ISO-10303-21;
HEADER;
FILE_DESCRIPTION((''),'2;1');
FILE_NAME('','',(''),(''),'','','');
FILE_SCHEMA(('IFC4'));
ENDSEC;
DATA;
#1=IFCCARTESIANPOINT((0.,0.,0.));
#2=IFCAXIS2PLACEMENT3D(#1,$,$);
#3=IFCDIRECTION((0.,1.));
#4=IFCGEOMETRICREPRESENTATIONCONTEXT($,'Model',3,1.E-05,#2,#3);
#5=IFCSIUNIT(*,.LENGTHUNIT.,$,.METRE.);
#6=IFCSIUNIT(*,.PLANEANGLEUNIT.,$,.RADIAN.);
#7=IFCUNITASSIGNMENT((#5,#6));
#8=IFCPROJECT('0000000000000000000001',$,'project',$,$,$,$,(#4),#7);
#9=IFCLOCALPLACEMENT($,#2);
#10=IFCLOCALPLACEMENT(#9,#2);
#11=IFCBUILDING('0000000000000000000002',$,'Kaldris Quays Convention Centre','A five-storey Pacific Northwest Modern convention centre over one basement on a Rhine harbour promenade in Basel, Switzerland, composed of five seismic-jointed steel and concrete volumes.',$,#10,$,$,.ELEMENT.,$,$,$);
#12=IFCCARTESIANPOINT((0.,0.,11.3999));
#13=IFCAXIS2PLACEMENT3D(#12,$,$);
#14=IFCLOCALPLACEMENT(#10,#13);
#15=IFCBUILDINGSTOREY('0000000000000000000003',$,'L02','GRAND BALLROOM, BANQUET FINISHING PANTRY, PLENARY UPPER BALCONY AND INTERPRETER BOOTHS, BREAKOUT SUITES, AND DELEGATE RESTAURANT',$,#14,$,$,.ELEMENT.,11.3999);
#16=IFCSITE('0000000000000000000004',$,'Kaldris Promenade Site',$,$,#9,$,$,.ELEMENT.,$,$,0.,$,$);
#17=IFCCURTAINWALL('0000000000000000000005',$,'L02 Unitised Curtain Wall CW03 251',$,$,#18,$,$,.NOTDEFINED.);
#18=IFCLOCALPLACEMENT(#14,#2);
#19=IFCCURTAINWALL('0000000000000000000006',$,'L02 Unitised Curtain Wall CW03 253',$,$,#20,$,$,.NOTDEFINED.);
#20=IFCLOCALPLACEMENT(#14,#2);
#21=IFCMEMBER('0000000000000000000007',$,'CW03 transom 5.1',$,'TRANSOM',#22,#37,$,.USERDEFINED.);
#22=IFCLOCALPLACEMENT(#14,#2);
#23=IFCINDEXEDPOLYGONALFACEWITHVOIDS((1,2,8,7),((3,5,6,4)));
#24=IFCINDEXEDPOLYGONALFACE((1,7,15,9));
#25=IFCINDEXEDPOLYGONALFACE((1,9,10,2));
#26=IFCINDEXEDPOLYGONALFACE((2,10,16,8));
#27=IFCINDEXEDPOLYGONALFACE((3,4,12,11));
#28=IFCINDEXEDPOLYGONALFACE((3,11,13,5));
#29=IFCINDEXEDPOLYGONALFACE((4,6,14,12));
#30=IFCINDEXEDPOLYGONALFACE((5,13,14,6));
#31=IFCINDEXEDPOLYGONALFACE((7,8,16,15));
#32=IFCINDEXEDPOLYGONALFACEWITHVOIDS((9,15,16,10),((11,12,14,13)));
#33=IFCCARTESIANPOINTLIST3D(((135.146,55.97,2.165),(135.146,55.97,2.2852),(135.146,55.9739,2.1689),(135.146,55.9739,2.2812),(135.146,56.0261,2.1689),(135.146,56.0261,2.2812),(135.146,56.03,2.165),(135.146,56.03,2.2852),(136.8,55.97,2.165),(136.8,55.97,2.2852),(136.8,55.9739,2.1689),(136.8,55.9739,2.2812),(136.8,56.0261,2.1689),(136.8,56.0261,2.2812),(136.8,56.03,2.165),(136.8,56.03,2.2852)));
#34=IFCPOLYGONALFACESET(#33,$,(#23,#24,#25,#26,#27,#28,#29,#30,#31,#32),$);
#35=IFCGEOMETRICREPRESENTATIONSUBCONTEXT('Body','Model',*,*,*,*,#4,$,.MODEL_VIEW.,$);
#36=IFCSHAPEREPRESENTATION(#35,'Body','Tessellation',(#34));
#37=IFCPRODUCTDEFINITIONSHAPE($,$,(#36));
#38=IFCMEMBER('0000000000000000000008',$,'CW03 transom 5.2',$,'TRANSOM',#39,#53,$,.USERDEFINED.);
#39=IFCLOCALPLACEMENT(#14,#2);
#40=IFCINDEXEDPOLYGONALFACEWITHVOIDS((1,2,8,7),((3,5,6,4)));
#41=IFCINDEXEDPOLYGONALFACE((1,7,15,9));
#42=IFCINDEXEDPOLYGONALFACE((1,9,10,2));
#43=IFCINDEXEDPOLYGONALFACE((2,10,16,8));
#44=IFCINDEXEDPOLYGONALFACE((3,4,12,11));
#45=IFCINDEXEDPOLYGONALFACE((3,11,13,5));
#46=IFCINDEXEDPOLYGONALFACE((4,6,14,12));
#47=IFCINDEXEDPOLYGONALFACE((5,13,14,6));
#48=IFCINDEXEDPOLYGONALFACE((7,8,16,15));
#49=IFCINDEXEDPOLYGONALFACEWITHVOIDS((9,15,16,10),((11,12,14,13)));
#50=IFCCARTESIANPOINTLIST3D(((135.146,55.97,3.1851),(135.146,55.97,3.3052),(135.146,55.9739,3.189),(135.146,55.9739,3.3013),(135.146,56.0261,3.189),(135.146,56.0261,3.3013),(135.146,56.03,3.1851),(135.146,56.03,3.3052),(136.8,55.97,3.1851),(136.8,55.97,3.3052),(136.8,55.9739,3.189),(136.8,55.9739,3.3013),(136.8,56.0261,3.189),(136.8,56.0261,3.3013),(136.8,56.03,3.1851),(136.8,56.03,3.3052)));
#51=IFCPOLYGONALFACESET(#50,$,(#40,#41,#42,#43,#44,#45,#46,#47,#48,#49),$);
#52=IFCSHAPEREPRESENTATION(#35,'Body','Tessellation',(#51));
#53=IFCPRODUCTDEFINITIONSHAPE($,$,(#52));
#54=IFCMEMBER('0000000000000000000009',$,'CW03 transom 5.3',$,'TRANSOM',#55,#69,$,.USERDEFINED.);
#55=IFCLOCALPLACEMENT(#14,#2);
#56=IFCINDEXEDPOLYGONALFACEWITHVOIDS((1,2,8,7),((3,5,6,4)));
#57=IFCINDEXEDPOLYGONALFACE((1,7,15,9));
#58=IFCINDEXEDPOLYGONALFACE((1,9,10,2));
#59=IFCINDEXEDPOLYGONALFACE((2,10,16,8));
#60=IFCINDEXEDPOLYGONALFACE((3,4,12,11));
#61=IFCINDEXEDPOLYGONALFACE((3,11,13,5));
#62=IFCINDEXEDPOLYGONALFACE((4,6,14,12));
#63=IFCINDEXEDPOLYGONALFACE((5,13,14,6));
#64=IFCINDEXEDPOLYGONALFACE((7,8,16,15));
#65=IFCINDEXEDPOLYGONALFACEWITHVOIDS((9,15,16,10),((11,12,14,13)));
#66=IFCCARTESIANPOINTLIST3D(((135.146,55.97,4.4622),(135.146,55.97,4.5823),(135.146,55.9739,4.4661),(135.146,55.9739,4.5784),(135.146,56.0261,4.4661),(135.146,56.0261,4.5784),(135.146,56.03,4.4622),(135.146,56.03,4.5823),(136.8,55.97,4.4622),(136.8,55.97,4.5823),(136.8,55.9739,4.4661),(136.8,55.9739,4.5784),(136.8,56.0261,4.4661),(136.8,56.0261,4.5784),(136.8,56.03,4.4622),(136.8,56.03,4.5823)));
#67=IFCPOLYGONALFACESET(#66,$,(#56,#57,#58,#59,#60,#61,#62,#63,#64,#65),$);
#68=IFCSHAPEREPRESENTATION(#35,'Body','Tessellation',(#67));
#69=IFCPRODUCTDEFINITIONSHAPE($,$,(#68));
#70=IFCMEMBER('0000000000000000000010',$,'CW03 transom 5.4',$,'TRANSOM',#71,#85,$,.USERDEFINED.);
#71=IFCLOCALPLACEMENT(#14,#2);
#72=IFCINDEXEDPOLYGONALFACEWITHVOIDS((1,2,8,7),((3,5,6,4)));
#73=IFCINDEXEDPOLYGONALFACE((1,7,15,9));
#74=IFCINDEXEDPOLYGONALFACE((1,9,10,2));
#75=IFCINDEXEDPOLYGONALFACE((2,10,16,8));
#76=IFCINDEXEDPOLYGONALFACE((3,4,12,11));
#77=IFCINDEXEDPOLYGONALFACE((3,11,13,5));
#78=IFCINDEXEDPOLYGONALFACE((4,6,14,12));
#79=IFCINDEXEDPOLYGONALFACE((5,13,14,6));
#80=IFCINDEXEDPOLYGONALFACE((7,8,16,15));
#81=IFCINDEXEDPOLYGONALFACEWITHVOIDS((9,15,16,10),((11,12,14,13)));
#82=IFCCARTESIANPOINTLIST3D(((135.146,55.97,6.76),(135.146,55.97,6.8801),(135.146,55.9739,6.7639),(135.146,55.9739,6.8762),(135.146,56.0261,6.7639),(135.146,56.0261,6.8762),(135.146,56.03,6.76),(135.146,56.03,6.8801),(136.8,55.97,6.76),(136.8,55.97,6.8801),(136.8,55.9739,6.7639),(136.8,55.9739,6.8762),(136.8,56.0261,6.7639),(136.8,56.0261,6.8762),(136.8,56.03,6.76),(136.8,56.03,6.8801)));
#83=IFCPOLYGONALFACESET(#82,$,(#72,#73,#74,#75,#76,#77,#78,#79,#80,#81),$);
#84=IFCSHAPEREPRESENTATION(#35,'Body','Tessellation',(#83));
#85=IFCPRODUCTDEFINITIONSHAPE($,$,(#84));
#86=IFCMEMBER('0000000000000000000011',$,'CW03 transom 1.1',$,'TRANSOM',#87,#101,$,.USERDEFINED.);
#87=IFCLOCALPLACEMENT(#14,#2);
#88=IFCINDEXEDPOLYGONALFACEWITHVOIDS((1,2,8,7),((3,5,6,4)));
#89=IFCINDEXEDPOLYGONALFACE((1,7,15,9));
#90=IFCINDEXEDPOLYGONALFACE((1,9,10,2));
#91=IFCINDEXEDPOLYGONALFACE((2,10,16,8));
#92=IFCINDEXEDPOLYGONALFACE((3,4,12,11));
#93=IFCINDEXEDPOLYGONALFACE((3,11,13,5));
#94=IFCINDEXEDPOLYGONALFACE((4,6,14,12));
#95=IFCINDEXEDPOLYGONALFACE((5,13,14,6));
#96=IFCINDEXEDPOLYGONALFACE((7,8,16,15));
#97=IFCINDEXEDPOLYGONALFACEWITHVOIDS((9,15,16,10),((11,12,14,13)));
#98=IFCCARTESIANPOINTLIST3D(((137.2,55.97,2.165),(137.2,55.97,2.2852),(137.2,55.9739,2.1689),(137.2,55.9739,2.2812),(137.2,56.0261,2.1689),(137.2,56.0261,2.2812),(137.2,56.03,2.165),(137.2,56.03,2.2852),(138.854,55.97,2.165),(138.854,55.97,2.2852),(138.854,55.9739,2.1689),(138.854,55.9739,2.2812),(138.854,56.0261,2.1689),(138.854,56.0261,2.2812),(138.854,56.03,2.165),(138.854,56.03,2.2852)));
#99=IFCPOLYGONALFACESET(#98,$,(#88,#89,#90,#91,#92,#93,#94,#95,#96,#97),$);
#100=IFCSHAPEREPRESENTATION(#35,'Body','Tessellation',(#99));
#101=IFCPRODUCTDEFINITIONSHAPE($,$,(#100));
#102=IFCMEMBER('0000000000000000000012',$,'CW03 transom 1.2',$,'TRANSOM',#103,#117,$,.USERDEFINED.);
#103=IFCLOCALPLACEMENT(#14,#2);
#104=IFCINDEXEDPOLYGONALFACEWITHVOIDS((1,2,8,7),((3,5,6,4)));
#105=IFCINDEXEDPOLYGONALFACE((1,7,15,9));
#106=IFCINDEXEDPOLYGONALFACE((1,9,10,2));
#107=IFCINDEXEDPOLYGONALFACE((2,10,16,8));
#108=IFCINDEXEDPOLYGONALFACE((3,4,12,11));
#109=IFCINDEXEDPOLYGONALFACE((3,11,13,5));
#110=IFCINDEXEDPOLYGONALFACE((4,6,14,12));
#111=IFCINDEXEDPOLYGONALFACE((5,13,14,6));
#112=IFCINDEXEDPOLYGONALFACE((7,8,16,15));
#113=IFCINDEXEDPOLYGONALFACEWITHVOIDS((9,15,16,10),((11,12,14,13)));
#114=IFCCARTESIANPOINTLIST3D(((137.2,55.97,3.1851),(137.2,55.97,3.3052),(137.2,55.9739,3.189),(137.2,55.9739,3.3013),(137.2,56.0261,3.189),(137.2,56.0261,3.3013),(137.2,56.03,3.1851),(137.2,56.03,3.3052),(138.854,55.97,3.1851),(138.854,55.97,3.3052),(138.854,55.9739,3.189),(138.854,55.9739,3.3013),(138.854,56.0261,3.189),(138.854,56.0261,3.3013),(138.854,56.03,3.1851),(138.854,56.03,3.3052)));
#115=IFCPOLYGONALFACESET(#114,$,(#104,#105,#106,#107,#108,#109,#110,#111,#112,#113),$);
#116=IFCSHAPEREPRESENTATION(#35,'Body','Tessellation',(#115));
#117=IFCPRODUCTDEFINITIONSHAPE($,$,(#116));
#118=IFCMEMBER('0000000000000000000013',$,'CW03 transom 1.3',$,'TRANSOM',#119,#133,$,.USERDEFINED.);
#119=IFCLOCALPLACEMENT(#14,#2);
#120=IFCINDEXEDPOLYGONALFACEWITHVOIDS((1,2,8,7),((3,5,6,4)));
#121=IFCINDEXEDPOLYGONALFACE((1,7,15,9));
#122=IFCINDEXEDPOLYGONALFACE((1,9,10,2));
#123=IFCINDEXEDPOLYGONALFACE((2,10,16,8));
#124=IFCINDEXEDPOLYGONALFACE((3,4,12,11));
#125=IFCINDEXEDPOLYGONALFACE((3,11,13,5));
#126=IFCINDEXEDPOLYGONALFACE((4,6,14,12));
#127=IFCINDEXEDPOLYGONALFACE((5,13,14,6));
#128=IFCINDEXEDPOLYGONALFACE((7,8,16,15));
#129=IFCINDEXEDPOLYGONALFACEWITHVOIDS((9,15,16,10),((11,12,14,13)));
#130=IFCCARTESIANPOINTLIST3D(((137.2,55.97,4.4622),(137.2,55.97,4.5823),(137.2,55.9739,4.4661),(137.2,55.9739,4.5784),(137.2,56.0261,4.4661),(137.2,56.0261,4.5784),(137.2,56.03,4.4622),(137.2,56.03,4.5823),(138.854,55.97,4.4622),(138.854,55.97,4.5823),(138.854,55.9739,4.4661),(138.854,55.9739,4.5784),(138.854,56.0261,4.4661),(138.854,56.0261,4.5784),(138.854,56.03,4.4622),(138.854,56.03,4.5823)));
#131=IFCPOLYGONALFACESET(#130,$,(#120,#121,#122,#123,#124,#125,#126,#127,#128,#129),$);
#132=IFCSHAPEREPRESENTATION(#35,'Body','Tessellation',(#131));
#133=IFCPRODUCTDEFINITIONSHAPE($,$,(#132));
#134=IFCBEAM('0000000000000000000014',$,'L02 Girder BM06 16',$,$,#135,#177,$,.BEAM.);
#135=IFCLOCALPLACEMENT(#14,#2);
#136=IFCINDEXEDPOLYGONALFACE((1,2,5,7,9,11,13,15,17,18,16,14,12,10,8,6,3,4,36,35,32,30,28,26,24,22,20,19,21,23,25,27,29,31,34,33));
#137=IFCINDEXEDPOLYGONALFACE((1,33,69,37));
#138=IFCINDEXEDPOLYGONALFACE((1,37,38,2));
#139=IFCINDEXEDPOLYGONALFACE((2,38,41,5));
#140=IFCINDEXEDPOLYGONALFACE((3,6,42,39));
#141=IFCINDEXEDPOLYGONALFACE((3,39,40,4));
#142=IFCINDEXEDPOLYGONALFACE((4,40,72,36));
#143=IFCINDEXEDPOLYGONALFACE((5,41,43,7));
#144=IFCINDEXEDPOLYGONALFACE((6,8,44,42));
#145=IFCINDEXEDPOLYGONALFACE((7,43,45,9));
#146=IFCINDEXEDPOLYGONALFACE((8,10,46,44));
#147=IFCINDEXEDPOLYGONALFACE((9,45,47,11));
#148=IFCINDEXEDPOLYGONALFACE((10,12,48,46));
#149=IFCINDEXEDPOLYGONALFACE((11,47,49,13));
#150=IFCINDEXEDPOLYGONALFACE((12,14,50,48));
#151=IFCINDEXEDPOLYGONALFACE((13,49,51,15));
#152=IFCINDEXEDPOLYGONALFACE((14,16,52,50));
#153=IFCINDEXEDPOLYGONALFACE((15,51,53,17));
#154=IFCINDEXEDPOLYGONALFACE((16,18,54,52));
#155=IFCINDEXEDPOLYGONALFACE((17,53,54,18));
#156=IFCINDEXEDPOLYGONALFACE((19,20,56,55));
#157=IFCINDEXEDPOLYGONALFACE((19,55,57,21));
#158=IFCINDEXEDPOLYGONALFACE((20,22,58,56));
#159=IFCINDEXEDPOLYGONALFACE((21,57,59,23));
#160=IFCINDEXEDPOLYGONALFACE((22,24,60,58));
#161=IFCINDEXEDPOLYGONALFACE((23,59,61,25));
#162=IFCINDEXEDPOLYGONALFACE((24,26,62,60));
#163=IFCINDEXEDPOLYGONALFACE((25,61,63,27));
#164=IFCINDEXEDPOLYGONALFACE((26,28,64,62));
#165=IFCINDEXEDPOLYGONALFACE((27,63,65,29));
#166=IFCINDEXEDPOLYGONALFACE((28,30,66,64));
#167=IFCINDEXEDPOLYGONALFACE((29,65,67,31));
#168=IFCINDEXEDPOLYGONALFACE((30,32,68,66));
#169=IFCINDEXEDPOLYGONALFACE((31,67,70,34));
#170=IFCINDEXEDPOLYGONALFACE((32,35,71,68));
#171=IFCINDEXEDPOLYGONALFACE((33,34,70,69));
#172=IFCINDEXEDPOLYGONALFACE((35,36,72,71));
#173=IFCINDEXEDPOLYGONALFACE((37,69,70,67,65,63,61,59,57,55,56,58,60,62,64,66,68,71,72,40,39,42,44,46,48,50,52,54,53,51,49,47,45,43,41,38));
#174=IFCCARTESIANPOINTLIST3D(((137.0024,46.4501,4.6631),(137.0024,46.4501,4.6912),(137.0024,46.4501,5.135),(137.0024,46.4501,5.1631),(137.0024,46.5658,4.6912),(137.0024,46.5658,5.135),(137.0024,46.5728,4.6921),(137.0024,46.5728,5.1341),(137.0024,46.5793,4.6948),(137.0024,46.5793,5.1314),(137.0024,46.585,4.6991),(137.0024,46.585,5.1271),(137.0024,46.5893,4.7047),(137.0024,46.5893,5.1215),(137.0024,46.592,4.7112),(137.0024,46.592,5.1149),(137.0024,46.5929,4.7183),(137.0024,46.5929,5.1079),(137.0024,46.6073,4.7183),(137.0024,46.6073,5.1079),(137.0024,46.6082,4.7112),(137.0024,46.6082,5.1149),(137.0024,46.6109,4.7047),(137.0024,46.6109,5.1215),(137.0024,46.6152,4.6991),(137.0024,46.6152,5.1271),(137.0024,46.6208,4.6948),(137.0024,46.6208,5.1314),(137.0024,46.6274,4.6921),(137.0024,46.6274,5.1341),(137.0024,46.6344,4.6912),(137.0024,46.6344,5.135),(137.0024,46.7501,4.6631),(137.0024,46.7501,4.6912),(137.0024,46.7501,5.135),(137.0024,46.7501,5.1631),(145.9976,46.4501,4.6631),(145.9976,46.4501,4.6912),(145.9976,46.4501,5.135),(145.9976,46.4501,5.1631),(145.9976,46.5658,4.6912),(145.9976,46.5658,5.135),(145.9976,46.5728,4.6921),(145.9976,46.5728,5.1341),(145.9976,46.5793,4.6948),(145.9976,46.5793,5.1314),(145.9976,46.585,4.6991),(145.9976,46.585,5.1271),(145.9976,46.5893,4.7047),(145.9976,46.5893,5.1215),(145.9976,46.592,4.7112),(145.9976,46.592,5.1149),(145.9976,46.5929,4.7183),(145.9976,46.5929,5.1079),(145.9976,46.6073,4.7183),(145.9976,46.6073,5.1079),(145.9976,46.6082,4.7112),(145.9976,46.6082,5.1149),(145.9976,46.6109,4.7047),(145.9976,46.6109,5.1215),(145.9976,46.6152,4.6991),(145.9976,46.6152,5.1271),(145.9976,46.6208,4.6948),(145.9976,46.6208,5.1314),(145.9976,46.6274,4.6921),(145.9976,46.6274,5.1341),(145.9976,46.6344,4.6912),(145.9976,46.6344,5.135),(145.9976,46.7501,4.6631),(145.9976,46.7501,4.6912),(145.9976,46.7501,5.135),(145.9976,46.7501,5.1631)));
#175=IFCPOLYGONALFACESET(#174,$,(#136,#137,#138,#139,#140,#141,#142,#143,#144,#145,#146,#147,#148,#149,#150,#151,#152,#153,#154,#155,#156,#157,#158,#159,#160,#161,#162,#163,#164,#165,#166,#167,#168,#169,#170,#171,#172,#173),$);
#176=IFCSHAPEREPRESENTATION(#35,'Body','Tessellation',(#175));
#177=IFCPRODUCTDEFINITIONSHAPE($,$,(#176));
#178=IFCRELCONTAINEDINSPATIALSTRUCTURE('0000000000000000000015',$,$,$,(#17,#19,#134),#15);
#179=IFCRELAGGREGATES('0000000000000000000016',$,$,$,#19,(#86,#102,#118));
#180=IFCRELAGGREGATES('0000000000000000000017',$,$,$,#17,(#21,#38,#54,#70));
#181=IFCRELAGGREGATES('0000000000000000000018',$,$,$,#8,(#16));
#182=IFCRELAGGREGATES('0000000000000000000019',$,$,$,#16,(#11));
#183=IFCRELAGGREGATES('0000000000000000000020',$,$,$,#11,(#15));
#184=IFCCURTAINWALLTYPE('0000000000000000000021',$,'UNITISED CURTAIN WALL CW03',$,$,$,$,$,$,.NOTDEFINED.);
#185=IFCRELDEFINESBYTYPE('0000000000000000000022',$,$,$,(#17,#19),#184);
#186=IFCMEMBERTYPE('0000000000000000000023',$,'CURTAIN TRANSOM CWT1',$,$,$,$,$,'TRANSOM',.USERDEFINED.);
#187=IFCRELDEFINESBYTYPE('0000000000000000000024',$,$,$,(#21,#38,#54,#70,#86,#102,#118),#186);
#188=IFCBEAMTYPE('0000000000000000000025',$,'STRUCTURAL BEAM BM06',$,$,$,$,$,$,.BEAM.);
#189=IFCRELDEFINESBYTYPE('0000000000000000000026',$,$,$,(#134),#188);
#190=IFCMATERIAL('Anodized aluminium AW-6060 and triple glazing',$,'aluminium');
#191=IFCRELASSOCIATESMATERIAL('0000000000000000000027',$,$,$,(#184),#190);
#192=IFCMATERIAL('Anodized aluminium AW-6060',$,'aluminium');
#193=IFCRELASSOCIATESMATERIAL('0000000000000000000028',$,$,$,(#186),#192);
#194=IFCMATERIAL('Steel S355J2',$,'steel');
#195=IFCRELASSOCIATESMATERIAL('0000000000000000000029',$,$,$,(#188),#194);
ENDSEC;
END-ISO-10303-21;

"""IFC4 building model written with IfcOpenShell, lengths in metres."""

from ifc_helpers import new_model, si_unit, direction, frame, origin, origin_2d, place, context, subcontext, project, spatial, hollow_rectangle, i_section, extrude, material, material_profile, profile_set, type_object, element, aggregate, save


model = new_model("IFC4")

# Units and contexts
model_context = context("Model", 3, precision=1e-05, world=origin(), true_north=direction((0.0, 1.0)))
body_context = subcontext(model_context, "Body", "Model", "MODEL_VIEW")
ifc_project = project(units=[si_unit("LENGTHUNIT", "METRE"), si_unit("PLANEANGLEUNIT", "RADIAN")], contexts=[model_context])

# Site, building, storey
site_placement = place(None, origin())
site = spatial("IfcSite", under=ifc_project, at=site_placement, Name="Kaldris Promenade Site", CompositionType="ELEMENT", RefElevation=0.0)
building_placement = place(site_placement, origin())
building = spatial("IfcBuilding", under=site, at=building_placement, Name="Kaldris Quays Convention Centre", Description="A five-storey Pacific Northwest Modern convention centre over one basement on a Rhine harbour promenade in Basel, Switzerland, composed of five seismic-jointed steel and concrete volumes.", CompositionType="ELEMENT")
storey_placement = place(building_placement, frame((0.0, 0.0, 11.3999)))
storey = spatial("IfcBuildingStorey", under=building, at=storey_placement, Name="L02", Description="GRAND BALLROOM, BANQUET FINISHING PANTRY, PLENARY UPPER BALCONY AND INTERPRETER BOOTHS, BREAKOUT SUITES, AND DELEGATE RESTAURANT", CompositionType="ELEMENT", Elevation=11.3999)

# Shared definitions
ifc_material_1 = material(Name="Steel S355J2", Category="steel")

# Curtain wall
ifc_material_2 = material(Name="Anodized aluminium AW-6060 and triple glazing", Category="aluminium")
curtain_wall_type = type_object("IfcCurtainWallType", Name="UNITISED CURTAIN WALL CW03", PredefinedType="NOTDEFINED", material=ifc_material_2)
curtain_wall_1_placement = place(storey_placement, origin())
curtain_wall_1 = element("IfcCurtainWall", 1, at=curtain_wall_1_placement, inside=storey, type_object=curtain_wall_type, Name="L02 Unitised Curtain Wall CW03 251", PredefinedType="NOTDEFINED")
ifc_material_3 = material(Name="Anodized aluminium AW-6060", Category="aluminium")

# Curtain wall
curtain_wall_2_placement = place(storey_placement, origin())
curtain_wall_2 = element("IfcCurtainWall", 2, at=curtain_wall_2_placement, inside=storey, type_object=curtain_wall_type, Name="L02 Unitised Curtain Wall CW03 253", PredefinedType="NOTDEFINED")

# Members
ifc_material_profile_1 = material_profile(ifc_material_3, hollow_rectangle(XDim=0.0601, YDim=0.1201, WallThickness=0.0039, at=origin_2d()), Name="RHS 120x60x4")
ifc_profile_set_1 = profile_set([ifc_material_profile_1], Name="Anodized aluminium AW-6060")
member_type_1 = type_object("IfcMemberType", Name="CURTAIN TRANSOM CWT1", ElementType="TRANSOM", PredefinedType="USERDEFINED", material=ifc_profile_set_1)
member_1_placement = place(storey_placement, frame((135.146, 56.0, 2.2251), z_axis=(1.0, 0.0, 0.0), x_axis=(0.0, 1.0, 0.0)))
member_1 = element("IfcMember", 3, at=member_1_placement, type_object=member_type_1, Name="CW03 transom 5.1", ObjectType="TRANSOM", PredefinedType="USERDEFINED", context=body_context, shape_type="SweptSolid", body=[
    extrude(hollow_rectangle(XDim=0.0601, YDim=0.1201, WallThickness=0.0039, at=origin_2d()), origin(), (0.0, 0.0, 1.0), 1.6541),
])
member_2_placement = place(storey_placement, frame((135.146, 56.0, 3.2451), z_axis=(1.0, 0.0, 0.0), x_axis=(0.0, 1.0, 0.0)))
member_2 = element("IfcMember", 4, at=member_2_placement, type_object=member_type_1, Name="CW03 transom 5.2", ObjectType="TRANSOM", PredefinedType="USERDEFINED", context=body_context, shape_type="SweptSolid", body=[
    extrude(hollow_rectangle(XDim=0.0601, YDim=0.1201, WallThickness=0.0039, at=origin_2d()), origin(), (0.0, 0.0, 1.0), 1.6541),
])
member_3_placement = place(storey_placement, frame((135.146, 56.0, 4.5222), z_axis=(1.0, 0.0, 0.0), x_axis=(0.0, 1.0, 0.0)))
member_3 = element("IfcMember", 5, at=member_3_placement, type_object=member_type_1, Name="CW03 transom 5.3", ObjectType="TRANSOM", PredefinedType="USERDEFINED", context=body_context, shape_type="SweptSolid", body=[
    extrude(hollow_rectangle(XDim=0.0601, YDim=0.1201, WallThickness=0.0039, at=origin_2d()), origin(), (0.0, 0.0, 1.0), 1.6541),
])
member_4_placement = place(storey_placement, frame((135.146, 56.0, 6.8201), z_axis=(1.0, 0.0, 0.0), x_axis=(0.0, 1.0, 0.0)))
member_4 = element("IfcMember", 6, at=member_4_placement, type_object=member_type_1, Name="CW03 transom 5.4", ObjectType="TRANSOM", PredefinedType="USERDEFINED", context=body_context, shape_type="SweptSolid", body=[
    extrude(hollow_rectangle(XDim=0.0601, YDim=0.1201, WallThickness=0.0039, at=origin_2d()), origin(), (0.0, 0.0, 1.0), 1.6541),
])
member_5_placement = place(storey_placement, frame((137.2, 56.0, 2.2251), z_axis=(1.0, 0.0, 0.0), x_axis=(0.0, 1.0, 0.0)))
member_5 = element("IfcMember", 7, at=member_5_placement, type_object=member_type_1, Name="CW03 transom 1.1", ObjectType="TRANSOM", PredefinedType="USERDEFINED", context=body_context, shape_type="SweptSolid", body=[
    extrude(hollow_rectangle(XDim=0.0601, YDim=0.1201, WallThickness=0.0039, at=origin_2d()), origin(), (0.0, 0.0, 1.0), 1.6541),
])
member_6_placement = place(storey_placement, frame((137.2, 56.0, 3.2451), z_axis=(1.0, 0.0, 0.0), x_axis=(0.0, 1.0, 0.0)))
member_6 = element("IfcMember", 8, at=member_6_placement, type_object=member_type_1, Name="CW03 transom 1.2", ObjectType="TRANSOM", PredefinedType="USERDEFINED", context=body_context, shape_type="SweptSolid", body=[
    extrude(hollow_rectangle(XDim=0.0601, YDim=0.1201, WallThickness=0.0039, at=origin_2d()), origin(), (0.0, 0.0, 1.0), 1.6541),
])
member_7_placement = place(storey_placement, frame((137.2, 56.0, 4.5222), z_axis=(1.0, 0.0, 0.0), x_axis=(0.0, 1.0, 0.0)))
member_7 = element("IfcMember", 9, at=member_7_placement, type_object=member_type_1, Name="CW03 transom 1.3", ObjectType="TRANSOM", PredefinedType="USERDEFINED", context=body_context, shape_type="SweptSolid", body=[
    extrude(hollow_rectangle(XDim=0.0601, YDim=0.1201, WallThickness=0.0039, at=origin_2d()), origin(), (0.0, 0.0, 1.0), 1.6541),
])
aggregate(curtain_wall_2, [member_5, member_6, member_7])

# Beam
ifc_material_profile_2 = material_profile(ifc_material_1, i_section(OverallWidth=0.3, OverallDepth=0.5, WebThickness=0.0144, FlangeThickness=0.0281, FilletRadius=0.0271, at=origin_2d()), Name="HEB 500")
ifc_profile_set_2 = profile_set([ifc_material_profile_2], Name="Steel S355J2")
beam_type_1 = type_object("IfcBeamType", Name="STRUCTURAL BEAM BM06", PredefinedType="BEAM", material=ifc_profile_set_2)
for number, where, z_axis, x_axis, name in (
    (10, (137.0024, 46.6001, 4.9131), (1.0, 0.0, 0.0), (0.0, 1.0, 0.0), "L02 Girder BM06 16"),
):
    element("IfcBeam", number, at=place(storey_placement, frame(where, z_axis=z_axis, x_axis=x_axis)), inside=storey, type_object=beam_type_1, Name=name, PredefinedType="BEAM", context=body_context, shape_type="SweptSolid", body=[
        extrude(i_section(OverallWidth=0.3, OverallDepth=0.5, WebThickness=0.0144, FlangeThickness=0.0281, FilletRadius=0.0271, at=origin_2d()), origin(), (0.0, 0.0, 1.0), 8.9951),
    ])

aggregate(curtain_wall_1, [member_1, member_2, member_3, member_4])

save(model, "model.ifc")
